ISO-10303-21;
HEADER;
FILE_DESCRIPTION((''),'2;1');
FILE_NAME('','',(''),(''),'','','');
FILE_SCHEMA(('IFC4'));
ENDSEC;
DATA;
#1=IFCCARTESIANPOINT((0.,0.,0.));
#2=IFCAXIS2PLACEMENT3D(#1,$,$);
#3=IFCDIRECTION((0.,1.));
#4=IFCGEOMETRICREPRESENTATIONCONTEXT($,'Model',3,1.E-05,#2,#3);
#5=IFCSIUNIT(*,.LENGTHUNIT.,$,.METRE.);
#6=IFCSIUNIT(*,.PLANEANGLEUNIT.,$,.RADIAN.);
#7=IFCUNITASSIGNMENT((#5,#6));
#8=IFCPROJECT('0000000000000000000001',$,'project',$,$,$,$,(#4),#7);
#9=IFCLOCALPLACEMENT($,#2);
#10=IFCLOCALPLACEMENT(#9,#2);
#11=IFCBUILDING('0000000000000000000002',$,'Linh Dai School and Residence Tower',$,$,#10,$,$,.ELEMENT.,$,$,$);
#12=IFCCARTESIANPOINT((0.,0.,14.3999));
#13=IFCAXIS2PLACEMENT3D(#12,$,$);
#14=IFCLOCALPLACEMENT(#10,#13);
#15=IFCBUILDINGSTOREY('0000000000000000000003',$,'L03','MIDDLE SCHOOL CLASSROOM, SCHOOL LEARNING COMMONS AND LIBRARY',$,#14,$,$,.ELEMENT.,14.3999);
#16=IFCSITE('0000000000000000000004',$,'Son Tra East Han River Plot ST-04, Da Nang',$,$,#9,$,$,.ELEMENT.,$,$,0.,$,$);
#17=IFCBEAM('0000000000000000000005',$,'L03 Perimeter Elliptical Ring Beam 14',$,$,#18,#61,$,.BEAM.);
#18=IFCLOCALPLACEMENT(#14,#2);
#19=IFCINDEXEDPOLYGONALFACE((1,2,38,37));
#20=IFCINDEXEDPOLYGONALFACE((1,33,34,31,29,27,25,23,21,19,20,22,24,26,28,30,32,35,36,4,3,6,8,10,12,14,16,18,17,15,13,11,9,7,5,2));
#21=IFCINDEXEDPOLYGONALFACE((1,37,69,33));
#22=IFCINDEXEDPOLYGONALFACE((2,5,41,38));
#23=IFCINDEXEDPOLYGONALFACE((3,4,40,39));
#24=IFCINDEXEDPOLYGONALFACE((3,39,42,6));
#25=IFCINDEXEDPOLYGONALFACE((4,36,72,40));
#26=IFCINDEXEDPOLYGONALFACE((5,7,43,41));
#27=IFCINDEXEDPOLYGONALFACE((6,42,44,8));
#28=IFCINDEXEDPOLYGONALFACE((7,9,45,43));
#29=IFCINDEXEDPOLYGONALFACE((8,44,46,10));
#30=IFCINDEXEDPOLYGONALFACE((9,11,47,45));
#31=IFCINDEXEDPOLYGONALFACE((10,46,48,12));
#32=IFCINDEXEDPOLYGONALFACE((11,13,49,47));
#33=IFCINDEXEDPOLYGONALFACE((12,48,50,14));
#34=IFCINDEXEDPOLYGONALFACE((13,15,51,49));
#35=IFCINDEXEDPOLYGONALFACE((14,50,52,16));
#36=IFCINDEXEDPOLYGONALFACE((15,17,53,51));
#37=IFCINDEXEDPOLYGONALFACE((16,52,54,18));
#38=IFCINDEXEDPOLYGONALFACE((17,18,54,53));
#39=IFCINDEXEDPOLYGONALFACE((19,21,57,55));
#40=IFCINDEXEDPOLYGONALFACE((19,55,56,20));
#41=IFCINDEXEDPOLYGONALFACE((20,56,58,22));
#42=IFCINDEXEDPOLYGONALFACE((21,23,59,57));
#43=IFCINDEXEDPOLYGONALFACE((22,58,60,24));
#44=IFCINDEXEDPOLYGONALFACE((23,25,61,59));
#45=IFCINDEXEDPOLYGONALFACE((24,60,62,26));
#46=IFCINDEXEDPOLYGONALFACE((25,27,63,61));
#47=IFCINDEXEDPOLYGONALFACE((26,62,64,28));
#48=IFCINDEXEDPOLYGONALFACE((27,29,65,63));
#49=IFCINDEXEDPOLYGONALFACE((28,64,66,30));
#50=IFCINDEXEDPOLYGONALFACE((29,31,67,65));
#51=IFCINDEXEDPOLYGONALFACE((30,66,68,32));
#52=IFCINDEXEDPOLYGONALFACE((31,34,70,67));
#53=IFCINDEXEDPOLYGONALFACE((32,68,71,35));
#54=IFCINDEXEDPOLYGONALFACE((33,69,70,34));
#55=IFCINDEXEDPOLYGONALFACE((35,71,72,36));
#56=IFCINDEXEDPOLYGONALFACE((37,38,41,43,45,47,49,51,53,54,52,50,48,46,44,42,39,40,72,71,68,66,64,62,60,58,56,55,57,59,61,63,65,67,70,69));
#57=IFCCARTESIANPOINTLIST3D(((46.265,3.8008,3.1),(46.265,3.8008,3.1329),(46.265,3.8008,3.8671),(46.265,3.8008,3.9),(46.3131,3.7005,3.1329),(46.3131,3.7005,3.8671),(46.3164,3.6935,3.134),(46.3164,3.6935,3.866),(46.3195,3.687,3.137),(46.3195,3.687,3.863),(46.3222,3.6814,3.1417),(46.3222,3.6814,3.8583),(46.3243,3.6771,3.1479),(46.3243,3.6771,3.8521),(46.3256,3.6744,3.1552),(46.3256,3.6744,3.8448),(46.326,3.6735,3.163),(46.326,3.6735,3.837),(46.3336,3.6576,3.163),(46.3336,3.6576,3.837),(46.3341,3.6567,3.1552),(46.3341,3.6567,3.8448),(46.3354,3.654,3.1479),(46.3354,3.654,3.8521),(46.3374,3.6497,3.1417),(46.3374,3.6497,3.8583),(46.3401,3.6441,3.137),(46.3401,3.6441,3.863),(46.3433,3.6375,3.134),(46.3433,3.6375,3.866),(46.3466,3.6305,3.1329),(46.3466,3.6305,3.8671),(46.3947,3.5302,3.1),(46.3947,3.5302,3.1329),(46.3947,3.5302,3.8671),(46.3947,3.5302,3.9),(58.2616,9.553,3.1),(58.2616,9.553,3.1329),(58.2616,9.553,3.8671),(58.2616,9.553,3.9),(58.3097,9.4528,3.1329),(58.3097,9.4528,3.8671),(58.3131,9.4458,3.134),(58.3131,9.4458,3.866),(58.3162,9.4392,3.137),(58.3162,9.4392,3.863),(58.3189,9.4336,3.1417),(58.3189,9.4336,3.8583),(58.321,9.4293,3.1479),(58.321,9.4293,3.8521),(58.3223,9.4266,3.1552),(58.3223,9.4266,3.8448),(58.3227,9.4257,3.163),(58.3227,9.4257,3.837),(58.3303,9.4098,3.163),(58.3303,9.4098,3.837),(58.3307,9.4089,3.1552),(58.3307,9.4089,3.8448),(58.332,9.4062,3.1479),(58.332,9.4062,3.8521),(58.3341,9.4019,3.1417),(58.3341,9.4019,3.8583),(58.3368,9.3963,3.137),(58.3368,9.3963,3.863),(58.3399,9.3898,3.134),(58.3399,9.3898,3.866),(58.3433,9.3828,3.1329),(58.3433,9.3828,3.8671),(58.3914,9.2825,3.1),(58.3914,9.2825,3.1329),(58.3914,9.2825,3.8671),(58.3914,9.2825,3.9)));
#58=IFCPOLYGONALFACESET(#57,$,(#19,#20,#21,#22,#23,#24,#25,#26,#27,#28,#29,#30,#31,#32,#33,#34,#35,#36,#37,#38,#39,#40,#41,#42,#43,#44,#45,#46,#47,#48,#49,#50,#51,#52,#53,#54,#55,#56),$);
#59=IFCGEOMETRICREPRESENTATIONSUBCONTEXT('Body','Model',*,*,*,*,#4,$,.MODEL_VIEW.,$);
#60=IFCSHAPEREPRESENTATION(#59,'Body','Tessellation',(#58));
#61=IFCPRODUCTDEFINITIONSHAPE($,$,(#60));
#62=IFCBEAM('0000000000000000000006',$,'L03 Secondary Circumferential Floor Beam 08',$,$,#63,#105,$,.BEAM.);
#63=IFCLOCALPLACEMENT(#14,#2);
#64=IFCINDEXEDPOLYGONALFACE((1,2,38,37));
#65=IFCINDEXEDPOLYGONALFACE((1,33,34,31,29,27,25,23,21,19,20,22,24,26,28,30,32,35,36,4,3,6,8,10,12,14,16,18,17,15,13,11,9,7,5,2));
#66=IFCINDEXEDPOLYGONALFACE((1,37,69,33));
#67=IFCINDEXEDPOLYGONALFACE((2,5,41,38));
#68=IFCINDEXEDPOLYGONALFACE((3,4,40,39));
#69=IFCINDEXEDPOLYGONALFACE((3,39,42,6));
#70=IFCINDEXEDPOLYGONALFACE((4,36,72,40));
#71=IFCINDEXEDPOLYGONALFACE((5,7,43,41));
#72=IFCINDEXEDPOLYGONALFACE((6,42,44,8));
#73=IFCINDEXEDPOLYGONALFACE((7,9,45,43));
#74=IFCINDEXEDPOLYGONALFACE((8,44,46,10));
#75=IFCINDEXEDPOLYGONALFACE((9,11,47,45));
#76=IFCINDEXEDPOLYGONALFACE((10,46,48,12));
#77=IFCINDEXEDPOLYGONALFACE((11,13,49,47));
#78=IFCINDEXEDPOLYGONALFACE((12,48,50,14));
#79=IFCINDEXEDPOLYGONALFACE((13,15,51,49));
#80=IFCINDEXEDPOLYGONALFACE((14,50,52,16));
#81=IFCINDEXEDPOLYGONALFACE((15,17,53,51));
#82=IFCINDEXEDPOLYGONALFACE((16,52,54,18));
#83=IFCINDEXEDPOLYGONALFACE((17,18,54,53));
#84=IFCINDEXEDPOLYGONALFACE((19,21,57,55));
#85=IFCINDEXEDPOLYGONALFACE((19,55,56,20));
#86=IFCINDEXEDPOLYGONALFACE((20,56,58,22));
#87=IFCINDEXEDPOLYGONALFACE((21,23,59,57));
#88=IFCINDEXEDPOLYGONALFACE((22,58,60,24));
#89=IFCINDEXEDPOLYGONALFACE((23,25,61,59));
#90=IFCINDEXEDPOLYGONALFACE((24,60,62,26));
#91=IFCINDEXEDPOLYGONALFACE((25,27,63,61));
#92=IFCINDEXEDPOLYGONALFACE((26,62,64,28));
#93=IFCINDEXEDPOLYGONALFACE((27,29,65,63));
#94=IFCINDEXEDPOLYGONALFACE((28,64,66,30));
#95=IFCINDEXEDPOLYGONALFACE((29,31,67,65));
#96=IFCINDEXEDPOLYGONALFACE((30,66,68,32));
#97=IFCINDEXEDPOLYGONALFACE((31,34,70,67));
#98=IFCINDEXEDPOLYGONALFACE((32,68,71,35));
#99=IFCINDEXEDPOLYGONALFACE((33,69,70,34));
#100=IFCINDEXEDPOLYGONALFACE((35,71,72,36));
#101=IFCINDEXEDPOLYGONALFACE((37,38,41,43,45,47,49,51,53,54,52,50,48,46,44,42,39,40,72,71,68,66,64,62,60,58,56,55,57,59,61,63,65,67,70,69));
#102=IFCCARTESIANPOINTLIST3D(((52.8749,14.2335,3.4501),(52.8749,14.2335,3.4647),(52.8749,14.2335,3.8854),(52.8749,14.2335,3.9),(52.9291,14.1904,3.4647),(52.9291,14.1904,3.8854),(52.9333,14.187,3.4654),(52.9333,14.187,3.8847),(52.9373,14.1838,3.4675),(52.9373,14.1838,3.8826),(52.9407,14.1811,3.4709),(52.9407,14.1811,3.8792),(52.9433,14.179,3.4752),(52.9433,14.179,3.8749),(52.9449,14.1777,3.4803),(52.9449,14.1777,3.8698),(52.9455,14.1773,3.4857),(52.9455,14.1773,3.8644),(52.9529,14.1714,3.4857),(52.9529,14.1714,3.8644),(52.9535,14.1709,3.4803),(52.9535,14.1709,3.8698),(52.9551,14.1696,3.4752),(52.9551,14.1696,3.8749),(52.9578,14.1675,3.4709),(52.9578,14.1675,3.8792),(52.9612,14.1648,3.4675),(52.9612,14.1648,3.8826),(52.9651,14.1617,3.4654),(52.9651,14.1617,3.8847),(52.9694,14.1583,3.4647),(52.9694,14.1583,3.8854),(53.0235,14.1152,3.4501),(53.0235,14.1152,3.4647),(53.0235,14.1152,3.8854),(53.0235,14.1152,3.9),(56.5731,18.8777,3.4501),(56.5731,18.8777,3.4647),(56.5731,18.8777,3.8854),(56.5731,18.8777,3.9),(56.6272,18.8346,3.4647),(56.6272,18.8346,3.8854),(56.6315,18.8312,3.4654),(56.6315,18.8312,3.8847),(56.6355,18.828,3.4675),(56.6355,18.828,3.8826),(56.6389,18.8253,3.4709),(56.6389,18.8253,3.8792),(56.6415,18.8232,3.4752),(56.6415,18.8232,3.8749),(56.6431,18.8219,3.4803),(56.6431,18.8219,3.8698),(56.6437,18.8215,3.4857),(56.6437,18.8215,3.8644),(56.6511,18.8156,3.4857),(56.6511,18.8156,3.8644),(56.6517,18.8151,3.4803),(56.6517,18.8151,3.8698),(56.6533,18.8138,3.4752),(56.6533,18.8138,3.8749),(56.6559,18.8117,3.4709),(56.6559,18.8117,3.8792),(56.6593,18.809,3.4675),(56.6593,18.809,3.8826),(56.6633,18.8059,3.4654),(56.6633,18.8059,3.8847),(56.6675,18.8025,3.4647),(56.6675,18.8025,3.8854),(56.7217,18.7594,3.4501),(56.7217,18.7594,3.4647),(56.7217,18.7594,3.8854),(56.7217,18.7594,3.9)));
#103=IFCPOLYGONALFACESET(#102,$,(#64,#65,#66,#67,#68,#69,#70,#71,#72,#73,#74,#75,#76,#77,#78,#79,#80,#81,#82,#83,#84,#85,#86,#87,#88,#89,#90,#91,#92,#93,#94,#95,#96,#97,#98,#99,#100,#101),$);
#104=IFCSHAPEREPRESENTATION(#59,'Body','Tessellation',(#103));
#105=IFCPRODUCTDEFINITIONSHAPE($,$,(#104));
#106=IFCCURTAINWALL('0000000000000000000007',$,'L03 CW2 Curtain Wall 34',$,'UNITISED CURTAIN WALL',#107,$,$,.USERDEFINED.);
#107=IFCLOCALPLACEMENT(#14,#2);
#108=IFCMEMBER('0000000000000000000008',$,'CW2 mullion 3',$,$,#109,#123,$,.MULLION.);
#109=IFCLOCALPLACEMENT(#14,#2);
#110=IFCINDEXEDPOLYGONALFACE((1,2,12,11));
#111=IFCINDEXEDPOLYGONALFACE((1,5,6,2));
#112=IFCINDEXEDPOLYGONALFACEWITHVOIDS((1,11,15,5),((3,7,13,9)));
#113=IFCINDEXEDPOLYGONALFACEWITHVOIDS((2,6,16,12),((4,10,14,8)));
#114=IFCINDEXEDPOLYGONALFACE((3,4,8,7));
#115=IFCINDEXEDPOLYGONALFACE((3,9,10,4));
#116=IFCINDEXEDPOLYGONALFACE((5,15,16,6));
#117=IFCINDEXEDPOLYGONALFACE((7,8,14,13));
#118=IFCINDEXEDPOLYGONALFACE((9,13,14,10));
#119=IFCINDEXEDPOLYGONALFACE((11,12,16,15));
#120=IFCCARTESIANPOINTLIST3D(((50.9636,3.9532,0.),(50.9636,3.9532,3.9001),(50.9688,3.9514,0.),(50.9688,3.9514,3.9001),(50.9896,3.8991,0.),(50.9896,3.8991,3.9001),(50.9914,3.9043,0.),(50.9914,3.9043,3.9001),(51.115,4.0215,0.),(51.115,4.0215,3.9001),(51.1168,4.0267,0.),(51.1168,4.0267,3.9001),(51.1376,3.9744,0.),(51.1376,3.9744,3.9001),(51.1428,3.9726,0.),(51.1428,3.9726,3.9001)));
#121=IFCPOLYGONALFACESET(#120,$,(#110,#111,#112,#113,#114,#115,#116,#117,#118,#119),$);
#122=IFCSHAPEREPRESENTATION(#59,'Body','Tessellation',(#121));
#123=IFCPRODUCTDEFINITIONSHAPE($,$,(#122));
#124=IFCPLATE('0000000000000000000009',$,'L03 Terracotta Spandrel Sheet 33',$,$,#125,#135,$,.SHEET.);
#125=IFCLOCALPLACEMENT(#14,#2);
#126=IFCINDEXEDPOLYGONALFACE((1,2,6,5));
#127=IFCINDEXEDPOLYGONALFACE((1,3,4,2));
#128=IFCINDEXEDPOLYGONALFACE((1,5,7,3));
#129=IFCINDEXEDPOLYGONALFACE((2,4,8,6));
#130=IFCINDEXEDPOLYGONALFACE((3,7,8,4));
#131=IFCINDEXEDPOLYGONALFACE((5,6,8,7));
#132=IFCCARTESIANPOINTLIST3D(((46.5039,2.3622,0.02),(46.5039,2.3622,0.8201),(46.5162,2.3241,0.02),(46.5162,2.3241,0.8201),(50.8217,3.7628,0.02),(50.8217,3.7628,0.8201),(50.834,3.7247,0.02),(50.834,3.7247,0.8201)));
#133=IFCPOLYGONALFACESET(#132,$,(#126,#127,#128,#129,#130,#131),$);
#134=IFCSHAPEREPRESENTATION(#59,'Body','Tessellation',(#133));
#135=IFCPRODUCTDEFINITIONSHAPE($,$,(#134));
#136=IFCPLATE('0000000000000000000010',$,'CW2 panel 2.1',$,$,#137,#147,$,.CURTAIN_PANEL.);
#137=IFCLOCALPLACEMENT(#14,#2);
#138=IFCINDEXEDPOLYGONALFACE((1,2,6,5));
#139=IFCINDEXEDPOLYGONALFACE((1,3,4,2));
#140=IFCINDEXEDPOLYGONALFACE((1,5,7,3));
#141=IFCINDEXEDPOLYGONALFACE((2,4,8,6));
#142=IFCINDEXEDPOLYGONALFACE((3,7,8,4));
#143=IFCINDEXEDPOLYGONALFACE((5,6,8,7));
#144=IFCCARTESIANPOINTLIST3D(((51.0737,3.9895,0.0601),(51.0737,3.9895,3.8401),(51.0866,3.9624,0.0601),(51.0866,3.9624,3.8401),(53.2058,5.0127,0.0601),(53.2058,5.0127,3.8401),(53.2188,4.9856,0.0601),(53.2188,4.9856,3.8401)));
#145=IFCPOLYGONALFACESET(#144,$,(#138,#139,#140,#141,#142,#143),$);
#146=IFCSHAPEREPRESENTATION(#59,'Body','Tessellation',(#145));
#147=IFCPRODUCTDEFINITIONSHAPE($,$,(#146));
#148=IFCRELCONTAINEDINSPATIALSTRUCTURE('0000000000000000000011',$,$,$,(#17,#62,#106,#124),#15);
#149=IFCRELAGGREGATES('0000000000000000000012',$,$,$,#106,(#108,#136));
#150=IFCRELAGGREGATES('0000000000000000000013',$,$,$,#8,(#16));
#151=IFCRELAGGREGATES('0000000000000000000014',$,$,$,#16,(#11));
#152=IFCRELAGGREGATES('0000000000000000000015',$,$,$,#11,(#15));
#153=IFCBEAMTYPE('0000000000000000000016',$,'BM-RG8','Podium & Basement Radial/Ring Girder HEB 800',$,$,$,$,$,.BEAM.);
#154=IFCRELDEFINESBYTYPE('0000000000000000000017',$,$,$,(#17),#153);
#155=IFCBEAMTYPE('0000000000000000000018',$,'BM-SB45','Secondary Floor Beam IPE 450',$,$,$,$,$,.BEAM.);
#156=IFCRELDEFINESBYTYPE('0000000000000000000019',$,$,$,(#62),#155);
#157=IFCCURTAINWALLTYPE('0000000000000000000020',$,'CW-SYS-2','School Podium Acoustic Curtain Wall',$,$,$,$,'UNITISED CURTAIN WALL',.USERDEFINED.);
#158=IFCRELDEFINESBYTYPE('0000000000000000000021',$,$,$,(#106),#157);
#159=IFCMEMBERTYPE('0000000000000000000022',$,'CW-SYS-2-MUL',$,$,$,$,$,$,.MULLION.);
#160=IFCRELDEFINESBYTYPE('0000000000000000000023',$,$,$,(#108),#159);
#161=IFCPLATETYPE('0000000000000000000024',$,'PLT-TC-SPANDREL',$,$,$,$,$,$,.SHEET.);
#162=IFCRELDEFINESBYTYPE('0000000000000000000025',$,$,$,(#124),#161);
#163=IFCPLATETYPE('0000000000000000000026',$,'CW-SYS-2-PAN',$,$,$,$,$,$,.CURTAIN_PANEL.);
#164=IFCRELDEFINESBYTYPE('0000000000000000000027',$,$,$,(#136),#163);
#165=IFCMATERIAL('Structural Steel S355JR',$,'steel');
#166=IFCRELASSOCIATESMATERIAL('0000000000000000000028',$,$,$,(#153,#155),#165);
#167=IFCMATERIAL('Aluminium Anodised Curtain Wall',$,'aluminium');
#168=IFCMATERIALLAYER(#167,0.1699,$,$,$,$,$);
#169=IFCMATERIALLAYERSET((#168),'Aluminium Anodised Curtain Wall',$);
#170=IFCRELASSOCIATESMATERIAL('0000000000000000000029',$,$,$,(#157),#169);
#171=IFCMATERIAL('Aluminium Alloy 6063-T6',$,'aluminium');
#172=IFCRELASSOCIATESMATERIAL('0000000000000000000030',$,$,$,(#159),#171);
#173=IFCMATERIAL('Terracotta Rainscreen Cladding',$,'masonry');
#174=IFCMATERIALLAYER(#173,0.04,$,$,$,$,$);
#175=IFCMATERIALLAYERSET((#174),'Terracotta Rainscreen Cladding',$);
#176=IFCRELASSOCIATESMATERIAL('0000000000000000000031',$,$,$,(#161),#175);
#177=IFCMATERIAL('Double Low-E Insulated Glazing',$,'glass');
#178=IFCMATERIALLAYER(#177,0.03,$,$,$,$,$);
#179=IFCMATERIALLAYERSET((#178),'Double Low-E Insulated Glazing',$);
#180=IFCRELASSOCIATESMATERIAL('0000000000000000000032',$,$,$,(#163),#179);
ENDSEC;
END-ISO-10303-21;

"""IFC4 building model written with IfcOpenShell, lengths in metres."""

from ifc_helpers import new_model, si_unit, direction, frame, origin, origin_2d, place, context, subcontext, project, spatial, rectangle, hollow_rectangle, i_section, extrude, source, transform, mapped, material, layer, layer_set, material_profile, profile_set, type_object, element, aggregate, save


model = new_model("IFC4")

# Units and contexts
model_context = context("Model", 3, precision=1e-05, world=origin(), true_north=direction((0.0, 1.0)))
body_context = subcontext(model_context, "Body", "Model", "MODEL_VIEW")
ifc_project = project(units=[si_unit("LENGTHUNIT", "METRE"), si_unit("PLANEANGLEUNIT", "RADIAN")], contexts=[model_context])

# Site, building, storey
site_placement = place(None, origin())
site = spatial("IfcSite", under=ifc_project, at=site_placement, Name="Son Tra East Han River Plot ST-04, Da Nang", CompositionType="ELEMENT", RefElevation=0.0)
building_placement = place(site_placement, origin())
building = spatial("IfcBuilding", under=site, at=building_placement, Name="Linh Dai School and Residence Tower", CompositionType="ELEMENT")
storey_placement = place(building_placement, frame((0.0, 0.0, 14.3999)))
storey = spatial("IfcBuildingStorey", under=building, at=storey_placement, Name="L03", Description="MIDDLE SCHOOL CLASSROOM, SCHOOL LEARNING COMMONS AND LIBRARY", CompositionType="ELEMENT", Elevation=14.3999)

# Beams
ifc_material_1 = material(Name="Structural Steel S355JR", Category="steel")
ifc_material_profile_1 = material_profile(ifc_material_1, i_section(OverallWidth=0.3, OverallDepth=0.8, WebThickness=0.0176, FlangeThickness=0.033, FilletRadius=0.03, at=origin_2d()), Name="HEB 800")
ifc_profile_set_1 = profile_set([ifc_material_profile_1], Name="Structural Steel S355JR")
beam_type_1 = type_object("IfcBeamType", Name="BM-RG8", Description="Podium & Basement Radial/Ring Girder HEB 800", PredefinedType="BEAM", material=ifc_profile_set_1)
beam_1_placement = place(storey_placement, frame((46.3298, 3.6655, 3.5), z_axis=(0.901704, 0.432355, 0.0), x_axis=(-0.432355, 0.901704, 0.0)))
element("IfcBeam", 1, at=beam_1_placement, inside=storey, type_object=beam_type_1, Name="L03 Perimeter Elliptical Ring Beam 14", PredefinedType="BEAM", context=body_context, shape_type="SweptSolid", body=[
    extrude(i_section(OverallWidth=0.3, OverallDepth=0.8, WebThickness=0.0176, FlangeThickness=0.033, FilletRadius=0.03, at=origin_2d()), origin(), (0.0, 0.0, 1.0), 13.3044),
])
ifc_material_profile_2 = material_profile(ifc_material_1, i_section(OverallWidth=0.1899, OverallDepth=0.45, WebThickness=0.0095, FlangeThickness=0.0146, FilletRadius=0.021, at=origin_2d()), Name="IPE 450")
ifc_profile_set_2 = profile_set([ifc_material_profile_2], Name="Structural Steel S355JR")
beam_type_2 = type_object("IfcBeamType", Name="BM-SB45", Description="Secondary Floor Beam IPE 450", PredefinedType="BEAM", material=ifc_profile_set_2)
beam_2_placement = place(storey_placement, frame((52.9492, 14.1743, 3.675), z_axis=(0.622928, 0.782279, 0.0), x_axis=(-0.782279, 0.622928, 0.0)))
element("IfcBeam", 2, at=beam_2_placement, inside=storey, type_object=beam_type_2, Name="L03 Secondary Circumferential Floor Beam 08", PredefinedType="BEAM", context=body_context, shape_type="SweptSolid", body=[
    extrude(i_section(OverallWidth=0.1899, OverallDepth=0.45, WebThickness=0.0095, FlangeThickness=0.0146, FilletRadius=0.021, at=origin_2d()), origin(), (0.0, 0.0, 1.0), 5.9368),
])

# Curtain wall, member
ifc_material_2 = material(Name="Aluminium Anodised Curtain Wall", Category="aluminium")
ifc_layer_1 = layer(ifc_material_2, 0.1699)
ifc_layer_set_1 = layer_set([ifc_layer_1], Name="Aluminium Anodised Curtain Wall")
curtain_wall_type = type_object("IfcCurtainWallType", Name="CW-SYS-2", Description="School Podium Acoustic Curtain Wall", ElementType="UNITISED CURTAIN WALL", PredefinedType="USERDEFINED", material=ifc_layer_set_1)
curtain_wall_placement = place(storey_placement, origin())
curtain_wall = element("IfcCurtainWall", 3, at=curtain_wall_placement, inside=storey, type_object=curtain_wall_type, Name="L03 CW2 Curtain Wall 34", ObjectType="UNITISED CURTAIN WALL", PredefinedType="USERDEFINED")
ifc_material_3 = material(Name="Aluminium Alloy 6063-T6", Category="aluminium")
ifc_material_profile_3 = material_profile(ifc_material_3, hollow_rectangle(XDim=0.0601, YDim=0.1699, WallThickness=0.0039, at=origin_2d()), Name="RHS 170x60x4")
ifc_profile_set_3 = profile_set([ifc_material_profile_3], Name="Aluminium Alloy 6063-T6")
member_type = type_object("IfcMemberType", Name="CW-SYS-2-MUL", PredefinedType="MULLION", material=ifc_profile_set_3)
shared_shape_1 = source(origin(), body_context, "Body", "SweptSolid", [
    extrude(hollow_rectangle(XDim=0.0601, YDim=0.1699, WallThickness=0.0039, at=origin_2d()), origin(), (0.0, 0.0, 1.0), 3.9001),
])
member_placement = place(storey_placement, frame((51.0532, 3.9629, 0.0), z_axis=(0.0, 0.0, 1.0), x_axis=(0.432657, -0.901558, 0.0)))
member = element("IfcMember", 4, at=member_placement, type_object=member_type, Name="CW2 mullion 3", PredefinedType="MULLION", context=body_context, shape_type="MappedRepresentation", body=[
    mapped(shared_shape_1, transform((0.0, 0.0, 0.0), x_axis=(1.0, 0.0, 0.0), y_axis=(0.0, 1.0, 0.0), z_axis=(0.0, 0.0, 1.0), scale=1.0)),
])

# Plates
ifc_material_4 = material(Name="Terracotta Rainscreen Cladding", Category="masonry")
ifc_layer_2 = layer(ifc_material_4, 0.04)
ifc_layer_set_2 = layer_set([ifc_layer_2], Name="Terracotta Rainscreen Cladding")
plate_type_1 = type_object("IfcPlateType", Name="PLT-TC-SPANDREL", PredefinedType="SHEET", material=ifc_layer_set_2)
shared_shape_2 = source(origin(), body_context, "Body", "SweptSolid", [
    extrude(rectangle(XDim=4.5393, YDim=0.04, at=origin_2d()), origin(), (0.0, 0.0, 1.0), 0.8),
])
plate_1_placement = place(storey_placement, frame((48.6689, 3.0435, 0.02), z_axis=(0.0, 0.0, 1.0), x_axis=(-0.951207, -0.308554, 0.0)))
element("IfcPlate", 5, at=plate_1_placement, inside=storey, type_object=plate_type_1, Name="L03 Terracotta Spandrel Sheet 33", PredefinedType="SHEET", context=body_context, shape_type="MappedRepresentation", body=[
    mapped(shared_shape_2, transform((0.0, 0.0, 0.0), x_axis=(1.0, 0.0, 0.0), y_axis=(0.0, 1.0, 0.0), z_axis=(0.0, 0.0, 1.0), scale=1.0)),
])
ifc_material_5 = material(Name="Double Low-E Insulated Glazing", Category="glass")
ifc_layer_3 = layer(ifc_material_5, 0.03)
ifc_layer_set_3 = layer_set([ifc_layer_3], Name="Double Low-E Insulated Glazing")
plate_type_2 = type_object("IfcPlateType", Name="CW-SYS-2-PAN", PredefinedType="CURTAIN_PANEL", material=ifc_layer_set_3)
shared_shape_3 = source(origin(), body_context, "Body", "SweptSolid", [
    extrude(rectangle(XDim=2.365, YDim=0.03, at=origin_2d()), origin(), (0.0, 0.0, 1.0), 3.78),
])
plate_2_placement = place(storey_placement, frame((52.1462, 4.4875, 0.0601), z_axis=(0.0, 0.0, 1.0), x_axis=(-0.901558, -0.432657, 0.0)))
plate_2 = element("IfcPlate", 6, at=plate_2_placement, type_object=plate_type_2, Name="CW2 panel 2.1", PredefinedType="CURTAIN_PANEL", context=body_context, shape_type="MappedRepresentation", body=[
    mapped(shared_shape_3, transform((0.0, 0.0, 0.0), x_axis=(1.0, 0.0, 0.0), y_axis=(0.0, 1.0, 0.0), z_axis=(0.0, 0.0, 1.0), scale=1.0)),
])
aggregate(curtain_wall, [member, plate_2])

save(model, "model.ifc")
